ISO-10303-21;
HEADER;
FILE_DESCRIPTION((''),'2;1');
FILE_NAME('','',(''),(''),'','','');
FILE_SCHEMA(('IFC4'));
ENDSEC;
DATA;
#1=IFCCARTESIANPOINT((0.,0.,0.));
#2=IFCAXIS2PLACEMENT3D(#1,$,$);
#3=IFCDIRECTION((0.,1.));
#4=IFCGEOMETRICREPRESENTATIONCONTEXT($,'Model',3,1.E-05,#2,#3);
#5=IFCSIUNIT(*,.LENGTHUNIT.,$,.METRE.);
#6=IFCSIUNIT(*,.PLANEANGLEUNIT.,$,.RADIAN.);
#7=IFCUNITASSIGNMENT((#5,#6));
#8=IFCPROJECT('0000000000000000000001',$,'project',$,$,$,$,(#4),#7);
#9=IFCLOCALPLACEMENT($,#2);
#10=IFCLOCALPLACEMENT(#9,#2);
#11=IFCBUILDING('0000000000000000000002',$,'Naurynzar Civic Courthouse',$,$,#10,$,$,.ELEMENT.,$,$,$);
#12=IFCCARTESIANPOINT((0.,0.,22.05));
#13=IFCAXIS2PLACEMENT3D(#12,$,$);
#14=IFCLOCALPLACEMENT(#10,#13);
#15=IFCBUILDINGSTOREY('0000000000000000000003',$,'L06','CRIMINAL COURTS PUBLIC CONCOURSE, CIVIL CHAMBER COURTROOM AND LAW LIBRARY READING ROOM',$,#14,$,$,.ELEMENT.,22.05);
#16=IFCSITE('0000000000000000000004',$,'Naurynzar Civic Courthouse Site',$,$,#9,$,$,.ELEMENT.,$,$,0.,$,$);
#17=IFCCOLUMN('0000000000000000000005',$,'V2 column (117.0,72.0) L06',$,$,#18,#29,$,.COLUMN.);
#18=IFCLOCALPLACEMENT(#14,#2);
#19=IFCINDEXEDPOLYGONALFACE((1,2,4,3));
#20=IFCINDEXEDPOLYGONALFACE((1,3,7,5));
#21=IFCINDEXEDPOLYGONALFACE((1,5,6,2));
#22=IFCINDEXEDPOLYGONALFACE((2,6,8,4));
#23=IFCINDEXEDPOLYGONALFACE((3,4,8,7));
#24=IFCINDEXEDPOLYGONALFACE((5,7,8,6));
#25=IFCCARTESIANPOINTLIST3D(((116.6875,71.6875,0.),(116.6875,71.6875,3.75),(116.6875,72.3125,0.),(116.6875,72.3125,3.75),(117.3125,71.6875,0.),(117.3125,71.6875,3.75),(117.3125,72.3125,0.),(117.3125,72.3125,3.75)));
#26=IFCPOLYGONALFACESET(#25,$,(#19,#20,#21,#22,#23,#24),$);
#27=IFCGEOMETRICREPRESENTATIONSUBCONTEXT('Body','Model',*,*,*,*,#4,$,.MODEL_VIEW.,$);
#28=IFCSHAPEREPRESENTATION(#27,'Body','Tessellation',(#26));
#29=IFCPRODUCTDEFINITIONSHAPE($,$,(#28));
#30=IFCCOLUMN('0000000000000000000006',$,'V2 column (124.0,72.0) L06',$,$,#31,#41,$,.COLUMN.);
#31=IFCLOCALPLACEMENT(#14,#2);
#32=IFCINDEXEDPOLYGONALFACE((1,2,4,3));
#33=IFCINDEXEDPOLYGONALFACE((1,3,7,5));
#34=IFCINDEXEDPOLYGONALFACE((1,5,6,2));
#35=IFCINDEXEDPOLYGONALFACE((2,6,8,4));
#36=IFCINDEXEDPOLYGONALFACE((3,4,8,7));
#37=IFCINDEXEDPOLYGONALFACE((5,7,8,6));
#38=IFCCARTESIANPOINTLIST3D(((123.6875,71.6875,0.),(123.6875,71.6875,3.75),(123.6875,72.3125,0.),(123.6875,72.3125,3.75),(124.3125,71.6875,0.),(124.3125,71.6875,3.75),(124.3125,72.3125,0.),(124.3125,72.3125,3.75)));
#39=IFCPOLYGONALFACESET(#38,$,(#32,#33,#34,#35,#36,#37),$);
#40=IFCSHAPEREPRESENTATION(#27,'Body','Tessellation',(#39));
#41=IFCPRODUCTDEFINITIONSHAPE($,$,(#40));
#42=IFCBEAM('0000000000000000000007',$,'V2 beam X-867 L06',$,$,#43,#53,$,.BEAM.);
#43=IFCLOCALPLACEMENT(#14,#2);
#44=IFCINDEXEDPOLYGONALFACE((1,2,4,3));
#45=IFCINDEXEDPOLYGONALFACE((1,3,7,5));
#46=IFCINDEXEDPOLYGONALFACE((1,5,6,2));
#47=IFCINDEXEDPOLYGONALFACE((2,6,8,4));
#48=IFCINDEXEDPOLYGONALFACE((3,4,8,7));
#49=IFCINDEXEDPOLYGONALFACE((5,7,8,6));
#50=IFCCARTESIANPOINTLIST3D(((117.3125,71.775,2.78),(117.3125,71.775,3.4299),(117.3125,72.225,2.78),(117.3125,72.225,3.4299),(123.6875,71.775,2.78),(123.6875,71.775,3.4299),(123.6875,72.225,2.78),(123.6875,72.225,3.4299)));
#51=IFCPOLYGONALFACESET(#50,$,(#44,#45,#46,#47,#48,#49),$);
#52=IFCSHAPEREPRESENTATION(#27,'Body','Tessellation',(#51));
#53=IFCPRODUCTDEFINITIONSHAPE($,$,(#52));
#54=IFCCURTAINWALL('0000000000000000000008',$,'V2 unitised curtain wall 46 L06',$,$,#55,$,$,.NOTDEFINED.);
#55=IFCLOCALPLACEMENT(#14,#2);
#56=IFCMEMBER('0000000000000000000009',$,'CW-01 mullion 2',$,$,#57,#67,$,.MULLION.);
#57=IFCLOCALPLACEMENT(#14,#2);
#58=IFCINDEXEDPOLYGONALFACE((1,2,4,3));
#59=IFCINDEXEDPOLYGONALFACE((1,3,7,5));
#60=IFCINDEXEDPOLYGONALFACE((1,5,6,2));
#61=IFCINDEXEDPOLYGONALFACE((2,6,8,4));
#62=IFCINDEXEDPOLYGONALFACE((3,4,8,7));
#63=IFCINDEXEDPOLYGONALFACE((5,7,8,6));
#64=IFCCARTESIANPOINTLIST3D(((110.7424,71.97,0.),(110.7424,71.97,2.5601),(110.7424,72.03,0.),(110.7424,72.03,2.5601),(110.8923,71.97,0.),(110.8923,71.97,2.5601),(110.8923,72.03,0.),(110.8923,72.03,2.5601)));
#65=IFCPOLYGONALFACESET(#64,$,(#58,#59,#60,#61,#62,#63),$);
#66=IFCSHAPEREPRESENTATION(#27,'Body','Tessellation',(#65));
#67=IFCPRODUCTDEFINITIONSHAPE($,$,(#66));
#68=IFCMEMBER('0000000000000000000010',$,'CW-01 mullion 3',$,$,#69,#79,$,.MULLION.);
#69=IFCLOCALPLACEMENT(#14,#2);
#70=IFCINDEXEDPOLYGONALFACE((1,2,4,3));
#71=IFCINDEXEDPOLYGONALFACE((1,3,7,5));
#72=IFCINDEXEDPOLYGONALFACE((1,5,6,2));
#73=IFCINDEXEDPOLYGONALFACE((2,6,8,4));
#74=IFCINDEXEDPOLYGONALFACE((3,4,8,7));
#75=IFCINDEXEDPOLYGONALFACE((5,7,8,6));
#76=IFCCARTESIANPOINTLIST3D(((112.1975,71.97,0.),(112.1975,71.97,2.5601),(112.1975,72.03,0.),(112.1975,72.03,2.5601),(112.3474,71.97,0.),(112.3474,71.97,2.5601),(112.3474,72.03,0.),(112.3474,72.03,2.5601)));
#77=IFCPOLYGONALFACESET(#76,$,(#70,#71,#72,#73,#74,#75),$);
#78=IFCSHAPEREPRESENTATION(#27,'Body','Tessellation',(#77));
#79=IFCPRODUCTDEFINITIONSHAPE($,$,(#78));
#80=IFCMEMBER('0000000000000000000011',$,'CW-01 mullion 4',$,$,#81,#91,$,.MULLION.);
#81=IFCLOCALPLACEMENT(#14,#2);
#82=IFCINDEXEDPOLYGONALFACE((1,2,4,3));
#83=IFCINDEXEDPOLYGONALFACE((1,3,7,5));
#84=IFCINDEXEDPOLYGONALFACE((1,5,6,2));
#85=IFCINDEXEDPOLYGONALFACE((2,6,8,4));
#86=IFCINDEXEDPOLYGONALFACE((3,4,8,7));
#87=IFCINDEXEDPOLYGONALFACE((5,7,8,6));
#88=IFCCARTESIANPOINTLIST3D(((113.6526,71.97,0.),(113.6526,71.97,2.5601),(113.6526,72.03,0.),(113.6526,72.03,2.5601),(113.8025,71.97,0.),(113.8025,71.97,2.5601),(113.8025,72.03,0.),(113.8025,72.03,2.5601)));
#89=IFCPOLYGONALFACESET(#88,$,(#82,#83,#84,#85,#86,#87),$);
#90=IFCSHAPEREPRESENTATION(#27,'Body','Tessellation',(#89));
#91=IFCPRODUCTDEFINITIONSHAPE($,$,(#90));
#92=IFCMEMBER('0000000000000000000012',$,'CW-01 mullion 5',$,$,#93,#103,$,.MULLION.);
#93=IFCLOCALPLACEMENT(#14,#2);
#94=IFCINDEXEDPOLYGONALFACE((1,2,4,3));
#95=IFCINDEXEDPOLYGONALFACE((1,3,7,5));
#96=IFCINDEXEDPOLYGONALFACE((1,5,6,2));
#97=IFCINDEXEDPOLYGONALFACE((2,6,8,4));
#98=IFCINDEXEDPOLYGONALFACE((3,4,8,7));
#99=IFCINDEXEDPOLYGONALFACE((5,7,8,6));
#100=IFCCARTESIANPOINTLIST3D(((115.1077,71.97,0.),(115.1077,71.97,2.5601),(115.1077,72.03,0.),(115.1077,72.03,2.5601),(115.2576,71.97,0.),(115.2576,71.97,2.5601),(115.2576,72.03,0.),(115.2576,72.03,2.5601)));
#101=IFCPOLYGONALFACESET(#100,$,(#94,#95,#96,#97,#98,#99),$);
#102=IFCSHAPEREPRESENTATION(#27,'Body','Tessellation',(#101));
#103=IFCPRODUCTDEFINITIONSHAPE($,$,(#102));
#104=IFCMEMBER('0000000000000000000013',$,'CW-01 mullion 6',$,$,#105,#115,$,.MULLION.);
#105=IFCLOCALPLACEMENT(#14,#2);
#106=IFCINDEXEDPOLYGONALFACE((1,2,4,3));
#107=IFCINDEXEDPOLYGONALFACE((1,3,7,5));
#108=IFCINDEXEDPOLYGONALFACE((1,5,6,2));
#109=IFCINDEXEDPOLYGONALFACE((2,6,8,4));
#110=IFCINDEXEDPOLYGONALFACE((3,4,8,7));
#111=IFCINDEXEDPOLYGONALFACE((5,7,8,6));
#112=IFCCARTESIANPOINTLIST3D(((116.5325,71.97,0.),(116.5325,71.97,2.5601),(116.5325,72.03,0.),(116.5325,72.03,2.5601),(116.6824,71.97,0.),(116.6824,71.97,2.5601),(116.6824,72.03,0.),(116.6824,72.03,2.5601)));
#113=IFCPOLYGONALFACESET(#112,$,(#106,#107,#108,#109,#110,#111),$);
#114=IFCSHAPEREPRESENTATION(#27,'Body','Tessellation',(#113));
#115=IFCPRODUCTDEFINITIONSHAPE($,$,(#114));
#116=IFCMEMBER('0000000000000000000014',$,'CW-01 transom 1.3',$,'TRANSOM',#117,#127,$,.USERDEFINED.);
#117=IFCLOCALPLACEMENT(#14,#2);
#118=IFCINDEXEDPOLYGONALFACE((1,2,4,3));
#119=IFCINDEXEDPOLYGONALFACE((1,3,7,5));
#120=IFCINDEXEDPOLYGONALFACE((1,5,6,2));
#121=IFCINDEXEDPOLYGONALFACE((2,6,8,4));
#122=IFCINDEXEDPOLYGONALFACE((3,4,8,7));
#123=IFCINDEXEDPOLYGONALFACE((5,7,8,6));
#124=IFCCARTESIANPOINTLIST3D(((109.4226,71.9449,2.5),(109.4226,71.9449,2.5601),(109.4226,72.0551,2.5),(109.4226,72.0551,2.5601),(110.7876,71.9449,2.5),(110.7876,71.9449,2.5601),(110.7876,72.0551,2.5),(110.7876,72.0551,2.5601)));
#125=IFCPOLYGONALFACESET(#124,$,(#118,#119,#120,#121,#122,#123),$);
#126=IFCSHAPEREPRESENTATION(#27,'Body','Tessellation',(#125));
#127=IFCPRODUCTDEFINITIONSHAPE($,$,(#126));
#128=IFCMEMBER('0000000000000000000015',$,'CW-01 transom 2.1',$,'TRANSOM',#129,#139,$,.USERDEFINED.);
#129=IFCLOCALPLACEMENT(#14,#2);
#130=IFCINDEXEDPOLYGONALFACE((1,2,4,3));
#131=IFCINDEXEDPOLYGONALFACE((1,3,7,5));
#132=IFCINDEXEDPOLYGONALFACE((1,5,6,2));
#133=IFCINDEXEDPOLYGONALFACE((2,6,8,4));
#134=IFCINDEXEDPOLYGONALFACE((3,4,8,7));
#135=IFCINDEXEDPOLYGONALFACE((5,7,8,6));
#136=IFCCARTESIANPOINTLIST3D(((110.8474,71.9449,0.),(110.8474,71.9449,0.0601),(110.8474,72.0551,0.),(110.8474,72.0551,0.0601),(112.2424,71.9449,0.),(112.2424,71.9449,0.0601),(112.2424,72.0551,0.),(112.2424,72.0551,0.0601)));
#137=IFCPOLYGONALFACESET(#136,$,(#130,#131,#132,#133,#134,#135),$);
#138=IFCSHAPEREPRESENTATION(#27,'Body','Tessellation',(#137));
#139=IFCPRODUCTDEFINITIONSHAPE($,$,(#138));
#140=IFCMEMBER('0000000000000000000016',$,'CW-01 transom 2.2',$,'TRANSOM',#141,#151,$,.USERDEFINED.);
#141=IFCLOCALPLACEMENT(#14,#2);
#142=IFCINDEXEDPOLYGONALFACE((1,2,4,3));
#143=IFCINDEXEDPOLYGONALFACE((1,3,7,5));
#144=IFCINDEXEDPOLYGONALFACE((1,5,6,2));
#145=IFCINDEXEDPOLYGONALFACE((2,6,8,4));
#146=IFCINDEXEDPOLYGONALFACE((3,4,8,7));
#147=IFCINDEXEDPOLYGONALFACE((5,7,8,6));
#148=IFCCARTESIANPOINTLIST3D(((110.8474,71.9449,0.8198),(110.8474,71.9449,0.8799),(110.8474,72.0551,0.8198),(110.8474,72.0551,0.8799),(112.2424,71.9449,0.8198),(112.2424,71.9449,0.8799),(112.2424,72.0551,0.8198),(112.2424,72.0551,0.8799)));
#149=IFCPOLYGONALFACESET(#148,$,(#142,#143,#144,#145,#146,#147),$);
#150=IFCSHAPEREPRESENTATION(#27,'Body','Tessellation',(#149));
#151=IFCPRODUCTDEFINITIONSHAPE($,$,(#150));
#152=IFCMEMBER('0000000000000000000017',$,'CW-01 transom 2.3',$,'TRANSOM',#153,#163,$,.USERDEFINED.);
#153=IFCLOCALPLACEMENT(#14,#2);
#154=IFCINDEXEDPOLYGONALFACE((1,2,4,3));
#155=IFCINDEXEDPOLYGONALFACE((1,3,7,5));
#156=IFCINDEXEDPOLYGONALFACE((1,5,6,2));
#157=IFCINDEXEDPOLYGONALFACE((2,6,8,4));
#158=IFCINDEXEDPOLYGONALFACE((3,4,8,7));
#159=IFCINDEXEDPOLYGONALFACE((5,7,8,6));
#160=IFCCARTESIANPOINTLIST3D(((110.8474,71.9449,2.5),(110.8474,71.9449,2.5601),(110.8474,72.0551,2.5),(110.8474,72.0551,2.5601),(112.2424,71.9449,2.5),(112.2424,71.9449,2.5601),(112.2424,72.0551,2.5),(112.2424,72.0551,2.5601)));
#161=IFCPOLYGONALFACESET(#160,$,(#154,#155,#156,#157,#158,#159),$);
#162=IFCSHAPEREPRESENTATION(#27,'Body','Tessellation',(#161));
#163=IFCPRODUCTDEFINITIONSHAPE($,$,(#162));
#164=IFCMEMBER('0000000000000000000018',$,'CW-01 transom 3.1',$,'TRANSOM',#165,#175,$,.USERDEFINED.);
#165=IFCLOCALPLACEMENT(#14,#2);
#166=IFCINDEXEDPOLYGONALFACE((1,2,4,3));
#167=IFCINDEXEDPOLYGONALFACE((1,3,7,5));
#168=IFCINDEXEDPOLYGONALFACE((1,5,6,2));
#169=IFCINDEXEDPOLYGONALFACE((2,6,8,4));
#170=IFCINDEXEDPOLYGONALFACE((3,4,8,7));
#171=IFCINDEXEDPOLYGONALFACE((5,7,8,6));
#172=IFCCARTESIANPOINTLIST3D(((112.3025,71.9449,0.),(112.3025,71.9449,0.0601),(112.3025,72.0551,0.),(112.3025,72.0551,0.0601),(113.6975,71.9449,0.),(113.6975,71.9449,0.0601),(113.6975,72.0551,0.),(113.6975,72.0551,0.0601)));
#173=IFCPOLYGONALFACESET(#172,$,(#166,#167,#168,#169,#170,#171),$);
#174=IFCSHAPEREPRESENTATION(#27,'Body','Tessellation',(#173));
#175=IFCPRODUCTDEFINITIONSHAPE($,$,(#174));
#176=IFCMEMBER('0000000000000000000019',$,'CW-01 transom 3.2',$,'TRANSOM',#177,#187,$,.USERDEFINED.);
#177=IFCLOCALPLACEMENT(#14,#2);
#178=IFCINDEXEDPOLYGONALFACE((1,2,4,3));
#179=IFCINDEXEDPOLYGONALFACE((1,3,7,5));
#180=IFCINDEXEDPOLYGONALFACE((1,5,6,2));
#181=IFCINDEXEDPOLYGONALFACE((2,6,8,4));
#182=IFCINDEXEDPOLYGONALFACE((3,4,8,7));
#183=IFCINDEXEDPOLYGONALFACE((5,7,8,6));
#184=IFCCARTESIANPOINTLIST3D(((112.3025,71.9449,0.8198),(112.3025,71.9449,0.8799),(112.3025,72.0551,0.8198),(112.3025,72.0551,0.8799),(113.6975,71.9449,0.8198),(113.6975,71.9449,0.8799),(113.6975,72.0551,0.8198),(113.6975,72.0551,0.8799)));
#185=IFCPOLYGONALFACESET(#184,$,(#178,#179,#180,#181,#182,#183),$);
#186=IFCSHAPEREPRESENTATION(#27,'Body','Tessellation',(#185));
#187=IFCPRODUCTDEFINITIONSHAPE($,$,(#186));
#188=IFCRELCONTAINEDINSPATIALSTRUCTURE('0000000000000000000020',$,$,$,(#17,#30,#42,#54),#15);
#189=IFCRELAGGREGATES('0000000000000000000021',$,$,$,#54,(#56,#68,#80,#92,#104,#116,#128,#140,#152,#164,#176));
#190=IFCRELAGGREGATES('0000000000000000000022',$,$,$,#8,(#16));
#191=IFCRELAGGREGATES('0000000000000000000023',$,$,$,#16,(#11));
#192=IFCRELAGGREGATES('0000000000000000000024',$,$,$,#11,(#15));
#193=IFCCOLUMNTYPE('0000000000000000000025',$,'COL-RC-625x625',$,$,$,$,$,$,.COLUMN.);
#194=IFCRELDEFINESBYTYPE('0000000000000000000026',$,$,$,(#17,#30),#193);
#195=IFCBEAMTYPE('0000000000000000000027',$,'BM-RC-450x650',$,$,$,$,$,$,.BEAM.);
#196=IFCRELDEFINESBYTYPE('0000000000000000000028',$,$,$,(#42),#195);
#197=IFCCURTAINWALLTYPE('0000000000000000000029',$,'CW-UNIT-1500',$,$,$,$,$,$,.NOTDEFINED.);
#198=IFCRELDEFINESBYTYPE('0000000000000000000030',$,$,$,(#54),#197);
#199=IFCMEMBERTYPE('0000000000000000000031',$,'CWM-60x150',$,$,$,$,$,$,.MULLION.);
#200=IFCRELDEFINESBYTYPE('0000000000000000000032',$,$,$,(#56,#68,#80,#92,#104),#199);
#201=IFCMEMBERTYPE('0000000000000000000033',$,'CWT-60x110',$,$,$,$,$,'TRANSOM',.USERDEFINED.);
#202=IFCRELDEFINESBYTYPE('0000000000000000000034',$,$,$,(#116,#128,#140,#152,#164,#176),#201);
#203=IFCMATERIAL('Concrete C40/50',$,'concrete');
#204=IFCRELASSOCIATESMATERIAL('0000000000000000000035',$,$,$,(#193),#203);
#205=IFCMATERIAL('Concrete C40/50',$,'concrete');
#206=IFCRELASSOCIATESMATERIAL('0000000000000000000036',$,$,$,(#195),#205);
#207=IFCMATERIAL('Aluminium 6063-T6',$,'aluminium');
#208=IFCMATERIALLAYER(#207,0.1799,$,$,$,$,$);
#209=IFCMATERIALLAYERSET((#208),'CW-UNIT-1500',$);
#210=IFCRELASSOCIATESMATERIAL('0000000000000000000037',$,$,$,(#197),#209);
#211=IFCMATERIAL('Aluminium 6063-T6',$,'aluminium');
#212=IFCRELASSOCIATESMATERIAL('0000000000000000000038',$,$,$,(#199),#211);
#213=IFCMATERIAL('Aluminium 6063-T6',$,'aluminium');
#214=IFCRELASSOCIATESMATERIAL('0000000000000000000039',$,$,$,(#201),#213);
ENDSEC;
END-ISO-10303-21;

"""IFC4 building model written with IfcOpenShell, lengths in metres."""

from ifc_helpers import new_model, si_unit, direction, frame, origin, origin_2d, place, context, subcontext, project, spatial, rectangle, extrude, material, layer, layer_set, material_profile, profile_set, type_object, element, aggregate, save


model = new_model("IFC4")

# Units and contexts
model_context = context("Model", 3, precision=1e-05, world=origin(), true_north=direction((0.0, 1.0)))
body_context = subcontext(model_context, "Body", "Model", "MODEL_VIEW")
ifc_project = project(units=[si_unit("LENGTHUNIT", "METRE"), si_unit("PLANEANGLEUNIT", "RADIAN")], contexts=[model_context])

# Site, building, storey
site_placement = place(None, origin())
site = spatial("IfcSite", under=ifc_project, at=site_placement, Name="Naurynzar Civic Courthouse Site", CompositionType="ELEMENT", RefElevation=0.0)
building_placement = place(site_placement, origin())
building = spatial("IfcBuilding", under=site, at=building_placement, Name="Naurynzar Civic Courthouse", CompositionType="ELEMENT")
storey_placement = place(building_placement, frame((0.0, 0.0, 22.05)))
storey = spatial("IfcBuildingStorey", under=building, at=storey_placement, Name="L06", Description="CRIMINAL COURTS PUBLIC CONCOURSE, CIVIL CHAMBER COURTROOM AND LAW LIBRARY READING ROOM", CompositionType="ELEMENT", Elevation=22.05)

# Columns
ifc_material_1 = material(Name="Concrete C40/50", Category="concrete")
ifc_material_profile_1 = material_profile(ifc_material_1, rectangle(XDim=0.625, YDim=0.625, at=origin_2d()), Name="RC 625x625")
ifc_profile_set_1 = profile_set([ifc_material_profile_1], Name="Concrete C40/50")
column_type = type_object("IfcColumnType", Name="COL-RC-625x625", PredefinedType="COLUMN", material=ifc_profile_set_1)
for number, where, z_axis, x_axis, name in (
    (1, (117.0, 72.0, 0.0), (0.0, 0.0, 1.0), (1.0, 0.0, 0.0), "V2 column (117.0,72.0) L06"),
    (2, (124.0, 72.0, 0.0), (0.0, 0.0, 1.0), (1.0, 0.0, 0.0), "V2 column (124.0,72.0) L06"),
):
    element("IfcColumn", number, at=place(storey_placement, frame(where, z_axis=z_axis, x_axis=x_axis)), inside=storey, type_object=column_type, Name=name, PredefinedType="COLUMN", context=body_context, shape_type="SweptSolid", body=[
        extrude(rectangle(XDim=0.625, YDim=0.625, at=origin_2d()), origin(), (0.0, 0.0, 1.0), 3.75),
    ])

# Beam
ifc_material_2 = material(Name="Concrete C40/50", Category="concrete")
ifc_material_profile_2 = material_profile(ifc_material_2, rectangle(XDim=0.45, YDim=0.6499, at=origin_2d()), Name="RCB 450x650")
ifc_profile_set_2 = profile_set([ifc_material_profile_2], Name="Concrete C40/50")
beam_type = type_object("IfcBeamType", Name="BM-RC-450x650", PredefinedType="BEAM", material=ifc_profile_set_2)
beam_placement = place(storey_placement, frame((117.3125, 72.0, 3.105), z_axis=(1.0, 0.0, 0.0), x_axis=(0.0, 1.0, 0.0)))
element("IfcBeam", 3, at=beam_placement, inside=storey, type_object=beam_type, Name="V2 beam X-867 L06", PredefinedType="BEAM", context=body_context, shape_type="SweptSolid", body=[
    extrude(rectangle(XDim=0.45, YDim=0.6499, at=origin_2d()), origin(), (0.0, 0.0, 1.0), 6.375),
])

# Curtain wall, members
ifc_material_3 = material(Name="Aluminium 6063-T6", Category="aluminium")
ifc_layer_1 = layer(ifc_material_3, 0.1799)
ifc_layer_set_1 = layer_set([ifc_layer_1], Name="CW-UNIT-1500")
curtain_wall_type = type_object("IfcCurtainWallType", Name="CW-UNIT-1500", PredefinedType="NOTDEFINED", material=ifc_layer_set_1)
curtain_wall_placement = place(storey_placement, origin())
curtain_wall = element("IfcCurtainWall", 4, at=curtain_wall_placement, inside=storey, type_object=curtain_wall_type, Name="V2 unitised curtain wall 46 L06", PredefinedType="NOTDEFINED")
ifc_material_4 = material(Name="Aluminium 6063-T6", Category="aluminium")
ifc_material_profile_3 = material_profile(ifc_material_4, rectangle(XDim=0.0601, YDim=0.1499, at=origin_2d()), Name="ALU MULLION 60x150")
ifc_profile_set_3 = profile_set([ifc_material_profile_3], Name="Aluminium 6063-T6")
member_type_1 = type_object("IfcMemberType", Name="CWM-60x150", PredefinedType="MULLION", material=ifc_profile_set_3)
member_1_placement = place(storey_placement, frame((110.8174, 72.0, 0.0), z_axis=(0.0, 0.0, 1.0), x_axis=(0.0, 1.0, 0.0)))
member_1 = element("IfcMember", 5, at=member_1_placement, type_object=member_type_1, Name="CW-01 mullion 2", PredefinedType="MULLION", context=body_context, shape_type="SweptSolid", body=[
    extrude(rectangle(XDim=0.0601, YDim=0.1499, at=origin_2d()), origin(), (0.0, 0.0, 1.0), 2.5601),
])
member_2_placement = place(storey_placement, frame((112.2725, 72.0, 0.0), z_axis=(0.0, 0.0, 1.0), x_axis=(0.0, 1.0, 0.0)))
member_2 = element("IfcMember", 6, at=member_2_placement, type_object=member_type_1, Name="CW-01 mullion 3", PredefinedType="MULLION", context=body_context, shape_type="SweptSolid", body=[
    extrude(rectangle(XDim=0.0601, YDim=0.1499, at=origin_2d()), origin(), (0.0, 0.0, 1.0), 2.5601),
])
member_3_placement = place(storey_placement, frame((113.7275, 72.0, 0.0), z_axis=(0.0, 0.0, 1.0), x_axis=(0.0, 1.0, 0.0)))
member_3 = element("IfcMember", 7, at=member_3_placement, type_object=member_type_1, Name="CW-01 mullion 4", PredefinedType="MULLION", context=body_context, shape_type="SweptSolid", body=[
    extrude(rectangle(XDim=0.0601, YDim=0.1499, at=origin_2d()), origin(), (0.0, 0.0, 1.0), 2.5601),
])
member_4_placement = place(storey_placement, frame((115.1826, 72.0, 0.0), z_axis=(0.0, 0.0, 1.0), x_axis=(0.0, 1.0, 0.0)))
member_4 = element("IfcMember", 8, at=member_4_placement, type_object=member_type_1, Name="CW-01 mullion 5", PredefinedType="MULLION", context=body_context, shape_type="SweptSolid", body=[
    extrude(rectangle(XDim=0.0601, YDim=0.1499, at=origin_2d()), origin(), (0.0, 0.0, 1.0), 2.5601),
])
member_5_placement = place(storey_placement, frame((116.6074, 72.0, 0.0), z_axis=(0.0, 0.0, 1.0), x_axis=(0.0, 1.0, 0.0)))
member_5 = element("IfcMember", 9, at=member_5_placement, type_object=member_type_1, Name="CW-01 mullion 6", PredefinedType="MULLION", context=body_context, shape_type="SweptSolid", body=[
    extrude(rectangle(XDim=0.0601, YDim=0.1499, at=origin_2d()), origin(), (0.0, 0.0, 1.0), 2.5601),
])
ifc_material_5 = material(Name="Aluminium 6063-T6", Category="aluminium")
ifc_material_profile_4 = material_profile(ifc_material_5, rectangle(XDim=0.1101, YDim=0.0601, at=origin_2d()), Name="ALU TRANSOM 60x110")
ifc_profile_set_4 = profile_set([ifc_material_profile_4], Name="Aluminium 6063-T6")
member_type_2 = type_object("IfcMemberType", Name="CWT-60x110", ElementType="TRANSOM", PredefinedType="USERDEFINED", material=ifc_profile_set_4)
member_6_placement = place(storey_placement, frame((109.4226, 72.0, 2.53), z_axis=(1.0, 0.0, 0.0), x_axis=(0.0, 1.0, 0.0)))
member_6 = element("IfcMember", 10, at=member_6_placement, type_object=member_type_2, Name="CW-01 transom 1.3", ObjectType="TRANSOM", PredefinedType="USERDEFINED", context=body_context, shape_type="SweptSolid", body=[
    extrude(rectangle(XDim=0.1101, YDim=0.0601, at=origin_2d()), origin(), (0.0, 0.0, 1.0), 1.365),
])
member_7_placement = place(storey_placement, frame((110.8474, 72.0, 0.03), z_axis=(1.0, 0.0, 0.0), x_axis=(0.0, 1.0, 0.0)))
member_7 = element("IfcMember", 11, at=member_7_placement, type_object=member_type_2, Name="CW-01 transom 2.1", ObjectType="TRANSOM", PredefinedType="USERDEFINED", context=body_context, shape_type="SweptSolid", body=[
    extrude(rectangle(XDim=0.1101, YDim=0.0601, at=origin_2d()), origin(), (0.0, 0.0, 1.0), 1.395),
])
member_8_placement = place(storey_placement, frame((110.8474, 72.0, 0.8499), z_axis=(1.0, 0.0, 0.0), x_axis=(0.0, 1.0, 0.0)))
member_8 = element("IfcMember", 12, at=member_8_placement, type_object=member_type_2, Name="CW-01 transom 2.2", ObjectType="TRANSOM", PredefinedType="USERDEFINED", context=body_context, shape_type="SweptSolid", body=[
    extrude(rectangle(XDim=0.1101, YDim=0.0601, at=origin_2d()), origin(), (0.0, 0.0, 1.0), 1.395),
])
member_9_placement = place(storey_placement, frame((110.8474, 72.0, 2.53), z_axis=(1.0, 0.0, 0.0), x_axis=(0.0, 1.0, 0.0)))
member_9 = element("IfcMember", 13, at=member_9_placement, type_object=member_type_2, Name="CW-01 transom 2.3", ObjectType="TRANSOM", PredefinedType="USERDEFINED", context=body_context, shape_type="SweptSolid", body=[
    extrude(rectangle(XDim=0.1101, YDim=0.0601, at=origin_2d()), origin(), (0.0, 0.0, 1.0), 1.395),
])
member_10_placement = place(storey_placement, frame((112.3025, 72.0, 0.03), z_axis=(1.0, 0.0, 0.0), x_axis=(0.0, 1.0, 0.0)))
member_10 = element("IfcMember", 14, at=member_10_placement, type_object=member_type_2, Name="CW-01 transom 3.1", ObjectType="TRANSOM", PredefinedType="USERDEFINED", context=body_context, shape_type="SweptSolid", body=[
    extrude(rectangle(XDim=0.1101, YDim=0.0601, at=origin_2d()), origin(), (0.0, 0.0, 1.0), 1.395),
])
member_11_placement = place(storey_placement, frame((112.3025, 72.0, 0.8499), z_axis=(1.0, 0.0, 0.0), x_axis=(0.0, 1.0, 0.0)))
member_11 = element("IfcMember", 15, at=member_11_placement, type_object=member_type_2, Name="CW-01 transom 3.2", ObjectType="TRANSOM", PredefinedType="USERDEFINED", context=body_context, shape_type="SweptSolid", body=[
    extrude(rectangle(XDim=0.1101, YDim=0.0601, at=origin_2d()), origin(), (0.0, 0.0, 1.0), 1.395),
])
aggregate(curtain_wall, [member_1, member_2, member_3, member_4, member_5, member_6, member_7, member_8, member_9, member_10, member_11])

save(model, "model.ifc")
